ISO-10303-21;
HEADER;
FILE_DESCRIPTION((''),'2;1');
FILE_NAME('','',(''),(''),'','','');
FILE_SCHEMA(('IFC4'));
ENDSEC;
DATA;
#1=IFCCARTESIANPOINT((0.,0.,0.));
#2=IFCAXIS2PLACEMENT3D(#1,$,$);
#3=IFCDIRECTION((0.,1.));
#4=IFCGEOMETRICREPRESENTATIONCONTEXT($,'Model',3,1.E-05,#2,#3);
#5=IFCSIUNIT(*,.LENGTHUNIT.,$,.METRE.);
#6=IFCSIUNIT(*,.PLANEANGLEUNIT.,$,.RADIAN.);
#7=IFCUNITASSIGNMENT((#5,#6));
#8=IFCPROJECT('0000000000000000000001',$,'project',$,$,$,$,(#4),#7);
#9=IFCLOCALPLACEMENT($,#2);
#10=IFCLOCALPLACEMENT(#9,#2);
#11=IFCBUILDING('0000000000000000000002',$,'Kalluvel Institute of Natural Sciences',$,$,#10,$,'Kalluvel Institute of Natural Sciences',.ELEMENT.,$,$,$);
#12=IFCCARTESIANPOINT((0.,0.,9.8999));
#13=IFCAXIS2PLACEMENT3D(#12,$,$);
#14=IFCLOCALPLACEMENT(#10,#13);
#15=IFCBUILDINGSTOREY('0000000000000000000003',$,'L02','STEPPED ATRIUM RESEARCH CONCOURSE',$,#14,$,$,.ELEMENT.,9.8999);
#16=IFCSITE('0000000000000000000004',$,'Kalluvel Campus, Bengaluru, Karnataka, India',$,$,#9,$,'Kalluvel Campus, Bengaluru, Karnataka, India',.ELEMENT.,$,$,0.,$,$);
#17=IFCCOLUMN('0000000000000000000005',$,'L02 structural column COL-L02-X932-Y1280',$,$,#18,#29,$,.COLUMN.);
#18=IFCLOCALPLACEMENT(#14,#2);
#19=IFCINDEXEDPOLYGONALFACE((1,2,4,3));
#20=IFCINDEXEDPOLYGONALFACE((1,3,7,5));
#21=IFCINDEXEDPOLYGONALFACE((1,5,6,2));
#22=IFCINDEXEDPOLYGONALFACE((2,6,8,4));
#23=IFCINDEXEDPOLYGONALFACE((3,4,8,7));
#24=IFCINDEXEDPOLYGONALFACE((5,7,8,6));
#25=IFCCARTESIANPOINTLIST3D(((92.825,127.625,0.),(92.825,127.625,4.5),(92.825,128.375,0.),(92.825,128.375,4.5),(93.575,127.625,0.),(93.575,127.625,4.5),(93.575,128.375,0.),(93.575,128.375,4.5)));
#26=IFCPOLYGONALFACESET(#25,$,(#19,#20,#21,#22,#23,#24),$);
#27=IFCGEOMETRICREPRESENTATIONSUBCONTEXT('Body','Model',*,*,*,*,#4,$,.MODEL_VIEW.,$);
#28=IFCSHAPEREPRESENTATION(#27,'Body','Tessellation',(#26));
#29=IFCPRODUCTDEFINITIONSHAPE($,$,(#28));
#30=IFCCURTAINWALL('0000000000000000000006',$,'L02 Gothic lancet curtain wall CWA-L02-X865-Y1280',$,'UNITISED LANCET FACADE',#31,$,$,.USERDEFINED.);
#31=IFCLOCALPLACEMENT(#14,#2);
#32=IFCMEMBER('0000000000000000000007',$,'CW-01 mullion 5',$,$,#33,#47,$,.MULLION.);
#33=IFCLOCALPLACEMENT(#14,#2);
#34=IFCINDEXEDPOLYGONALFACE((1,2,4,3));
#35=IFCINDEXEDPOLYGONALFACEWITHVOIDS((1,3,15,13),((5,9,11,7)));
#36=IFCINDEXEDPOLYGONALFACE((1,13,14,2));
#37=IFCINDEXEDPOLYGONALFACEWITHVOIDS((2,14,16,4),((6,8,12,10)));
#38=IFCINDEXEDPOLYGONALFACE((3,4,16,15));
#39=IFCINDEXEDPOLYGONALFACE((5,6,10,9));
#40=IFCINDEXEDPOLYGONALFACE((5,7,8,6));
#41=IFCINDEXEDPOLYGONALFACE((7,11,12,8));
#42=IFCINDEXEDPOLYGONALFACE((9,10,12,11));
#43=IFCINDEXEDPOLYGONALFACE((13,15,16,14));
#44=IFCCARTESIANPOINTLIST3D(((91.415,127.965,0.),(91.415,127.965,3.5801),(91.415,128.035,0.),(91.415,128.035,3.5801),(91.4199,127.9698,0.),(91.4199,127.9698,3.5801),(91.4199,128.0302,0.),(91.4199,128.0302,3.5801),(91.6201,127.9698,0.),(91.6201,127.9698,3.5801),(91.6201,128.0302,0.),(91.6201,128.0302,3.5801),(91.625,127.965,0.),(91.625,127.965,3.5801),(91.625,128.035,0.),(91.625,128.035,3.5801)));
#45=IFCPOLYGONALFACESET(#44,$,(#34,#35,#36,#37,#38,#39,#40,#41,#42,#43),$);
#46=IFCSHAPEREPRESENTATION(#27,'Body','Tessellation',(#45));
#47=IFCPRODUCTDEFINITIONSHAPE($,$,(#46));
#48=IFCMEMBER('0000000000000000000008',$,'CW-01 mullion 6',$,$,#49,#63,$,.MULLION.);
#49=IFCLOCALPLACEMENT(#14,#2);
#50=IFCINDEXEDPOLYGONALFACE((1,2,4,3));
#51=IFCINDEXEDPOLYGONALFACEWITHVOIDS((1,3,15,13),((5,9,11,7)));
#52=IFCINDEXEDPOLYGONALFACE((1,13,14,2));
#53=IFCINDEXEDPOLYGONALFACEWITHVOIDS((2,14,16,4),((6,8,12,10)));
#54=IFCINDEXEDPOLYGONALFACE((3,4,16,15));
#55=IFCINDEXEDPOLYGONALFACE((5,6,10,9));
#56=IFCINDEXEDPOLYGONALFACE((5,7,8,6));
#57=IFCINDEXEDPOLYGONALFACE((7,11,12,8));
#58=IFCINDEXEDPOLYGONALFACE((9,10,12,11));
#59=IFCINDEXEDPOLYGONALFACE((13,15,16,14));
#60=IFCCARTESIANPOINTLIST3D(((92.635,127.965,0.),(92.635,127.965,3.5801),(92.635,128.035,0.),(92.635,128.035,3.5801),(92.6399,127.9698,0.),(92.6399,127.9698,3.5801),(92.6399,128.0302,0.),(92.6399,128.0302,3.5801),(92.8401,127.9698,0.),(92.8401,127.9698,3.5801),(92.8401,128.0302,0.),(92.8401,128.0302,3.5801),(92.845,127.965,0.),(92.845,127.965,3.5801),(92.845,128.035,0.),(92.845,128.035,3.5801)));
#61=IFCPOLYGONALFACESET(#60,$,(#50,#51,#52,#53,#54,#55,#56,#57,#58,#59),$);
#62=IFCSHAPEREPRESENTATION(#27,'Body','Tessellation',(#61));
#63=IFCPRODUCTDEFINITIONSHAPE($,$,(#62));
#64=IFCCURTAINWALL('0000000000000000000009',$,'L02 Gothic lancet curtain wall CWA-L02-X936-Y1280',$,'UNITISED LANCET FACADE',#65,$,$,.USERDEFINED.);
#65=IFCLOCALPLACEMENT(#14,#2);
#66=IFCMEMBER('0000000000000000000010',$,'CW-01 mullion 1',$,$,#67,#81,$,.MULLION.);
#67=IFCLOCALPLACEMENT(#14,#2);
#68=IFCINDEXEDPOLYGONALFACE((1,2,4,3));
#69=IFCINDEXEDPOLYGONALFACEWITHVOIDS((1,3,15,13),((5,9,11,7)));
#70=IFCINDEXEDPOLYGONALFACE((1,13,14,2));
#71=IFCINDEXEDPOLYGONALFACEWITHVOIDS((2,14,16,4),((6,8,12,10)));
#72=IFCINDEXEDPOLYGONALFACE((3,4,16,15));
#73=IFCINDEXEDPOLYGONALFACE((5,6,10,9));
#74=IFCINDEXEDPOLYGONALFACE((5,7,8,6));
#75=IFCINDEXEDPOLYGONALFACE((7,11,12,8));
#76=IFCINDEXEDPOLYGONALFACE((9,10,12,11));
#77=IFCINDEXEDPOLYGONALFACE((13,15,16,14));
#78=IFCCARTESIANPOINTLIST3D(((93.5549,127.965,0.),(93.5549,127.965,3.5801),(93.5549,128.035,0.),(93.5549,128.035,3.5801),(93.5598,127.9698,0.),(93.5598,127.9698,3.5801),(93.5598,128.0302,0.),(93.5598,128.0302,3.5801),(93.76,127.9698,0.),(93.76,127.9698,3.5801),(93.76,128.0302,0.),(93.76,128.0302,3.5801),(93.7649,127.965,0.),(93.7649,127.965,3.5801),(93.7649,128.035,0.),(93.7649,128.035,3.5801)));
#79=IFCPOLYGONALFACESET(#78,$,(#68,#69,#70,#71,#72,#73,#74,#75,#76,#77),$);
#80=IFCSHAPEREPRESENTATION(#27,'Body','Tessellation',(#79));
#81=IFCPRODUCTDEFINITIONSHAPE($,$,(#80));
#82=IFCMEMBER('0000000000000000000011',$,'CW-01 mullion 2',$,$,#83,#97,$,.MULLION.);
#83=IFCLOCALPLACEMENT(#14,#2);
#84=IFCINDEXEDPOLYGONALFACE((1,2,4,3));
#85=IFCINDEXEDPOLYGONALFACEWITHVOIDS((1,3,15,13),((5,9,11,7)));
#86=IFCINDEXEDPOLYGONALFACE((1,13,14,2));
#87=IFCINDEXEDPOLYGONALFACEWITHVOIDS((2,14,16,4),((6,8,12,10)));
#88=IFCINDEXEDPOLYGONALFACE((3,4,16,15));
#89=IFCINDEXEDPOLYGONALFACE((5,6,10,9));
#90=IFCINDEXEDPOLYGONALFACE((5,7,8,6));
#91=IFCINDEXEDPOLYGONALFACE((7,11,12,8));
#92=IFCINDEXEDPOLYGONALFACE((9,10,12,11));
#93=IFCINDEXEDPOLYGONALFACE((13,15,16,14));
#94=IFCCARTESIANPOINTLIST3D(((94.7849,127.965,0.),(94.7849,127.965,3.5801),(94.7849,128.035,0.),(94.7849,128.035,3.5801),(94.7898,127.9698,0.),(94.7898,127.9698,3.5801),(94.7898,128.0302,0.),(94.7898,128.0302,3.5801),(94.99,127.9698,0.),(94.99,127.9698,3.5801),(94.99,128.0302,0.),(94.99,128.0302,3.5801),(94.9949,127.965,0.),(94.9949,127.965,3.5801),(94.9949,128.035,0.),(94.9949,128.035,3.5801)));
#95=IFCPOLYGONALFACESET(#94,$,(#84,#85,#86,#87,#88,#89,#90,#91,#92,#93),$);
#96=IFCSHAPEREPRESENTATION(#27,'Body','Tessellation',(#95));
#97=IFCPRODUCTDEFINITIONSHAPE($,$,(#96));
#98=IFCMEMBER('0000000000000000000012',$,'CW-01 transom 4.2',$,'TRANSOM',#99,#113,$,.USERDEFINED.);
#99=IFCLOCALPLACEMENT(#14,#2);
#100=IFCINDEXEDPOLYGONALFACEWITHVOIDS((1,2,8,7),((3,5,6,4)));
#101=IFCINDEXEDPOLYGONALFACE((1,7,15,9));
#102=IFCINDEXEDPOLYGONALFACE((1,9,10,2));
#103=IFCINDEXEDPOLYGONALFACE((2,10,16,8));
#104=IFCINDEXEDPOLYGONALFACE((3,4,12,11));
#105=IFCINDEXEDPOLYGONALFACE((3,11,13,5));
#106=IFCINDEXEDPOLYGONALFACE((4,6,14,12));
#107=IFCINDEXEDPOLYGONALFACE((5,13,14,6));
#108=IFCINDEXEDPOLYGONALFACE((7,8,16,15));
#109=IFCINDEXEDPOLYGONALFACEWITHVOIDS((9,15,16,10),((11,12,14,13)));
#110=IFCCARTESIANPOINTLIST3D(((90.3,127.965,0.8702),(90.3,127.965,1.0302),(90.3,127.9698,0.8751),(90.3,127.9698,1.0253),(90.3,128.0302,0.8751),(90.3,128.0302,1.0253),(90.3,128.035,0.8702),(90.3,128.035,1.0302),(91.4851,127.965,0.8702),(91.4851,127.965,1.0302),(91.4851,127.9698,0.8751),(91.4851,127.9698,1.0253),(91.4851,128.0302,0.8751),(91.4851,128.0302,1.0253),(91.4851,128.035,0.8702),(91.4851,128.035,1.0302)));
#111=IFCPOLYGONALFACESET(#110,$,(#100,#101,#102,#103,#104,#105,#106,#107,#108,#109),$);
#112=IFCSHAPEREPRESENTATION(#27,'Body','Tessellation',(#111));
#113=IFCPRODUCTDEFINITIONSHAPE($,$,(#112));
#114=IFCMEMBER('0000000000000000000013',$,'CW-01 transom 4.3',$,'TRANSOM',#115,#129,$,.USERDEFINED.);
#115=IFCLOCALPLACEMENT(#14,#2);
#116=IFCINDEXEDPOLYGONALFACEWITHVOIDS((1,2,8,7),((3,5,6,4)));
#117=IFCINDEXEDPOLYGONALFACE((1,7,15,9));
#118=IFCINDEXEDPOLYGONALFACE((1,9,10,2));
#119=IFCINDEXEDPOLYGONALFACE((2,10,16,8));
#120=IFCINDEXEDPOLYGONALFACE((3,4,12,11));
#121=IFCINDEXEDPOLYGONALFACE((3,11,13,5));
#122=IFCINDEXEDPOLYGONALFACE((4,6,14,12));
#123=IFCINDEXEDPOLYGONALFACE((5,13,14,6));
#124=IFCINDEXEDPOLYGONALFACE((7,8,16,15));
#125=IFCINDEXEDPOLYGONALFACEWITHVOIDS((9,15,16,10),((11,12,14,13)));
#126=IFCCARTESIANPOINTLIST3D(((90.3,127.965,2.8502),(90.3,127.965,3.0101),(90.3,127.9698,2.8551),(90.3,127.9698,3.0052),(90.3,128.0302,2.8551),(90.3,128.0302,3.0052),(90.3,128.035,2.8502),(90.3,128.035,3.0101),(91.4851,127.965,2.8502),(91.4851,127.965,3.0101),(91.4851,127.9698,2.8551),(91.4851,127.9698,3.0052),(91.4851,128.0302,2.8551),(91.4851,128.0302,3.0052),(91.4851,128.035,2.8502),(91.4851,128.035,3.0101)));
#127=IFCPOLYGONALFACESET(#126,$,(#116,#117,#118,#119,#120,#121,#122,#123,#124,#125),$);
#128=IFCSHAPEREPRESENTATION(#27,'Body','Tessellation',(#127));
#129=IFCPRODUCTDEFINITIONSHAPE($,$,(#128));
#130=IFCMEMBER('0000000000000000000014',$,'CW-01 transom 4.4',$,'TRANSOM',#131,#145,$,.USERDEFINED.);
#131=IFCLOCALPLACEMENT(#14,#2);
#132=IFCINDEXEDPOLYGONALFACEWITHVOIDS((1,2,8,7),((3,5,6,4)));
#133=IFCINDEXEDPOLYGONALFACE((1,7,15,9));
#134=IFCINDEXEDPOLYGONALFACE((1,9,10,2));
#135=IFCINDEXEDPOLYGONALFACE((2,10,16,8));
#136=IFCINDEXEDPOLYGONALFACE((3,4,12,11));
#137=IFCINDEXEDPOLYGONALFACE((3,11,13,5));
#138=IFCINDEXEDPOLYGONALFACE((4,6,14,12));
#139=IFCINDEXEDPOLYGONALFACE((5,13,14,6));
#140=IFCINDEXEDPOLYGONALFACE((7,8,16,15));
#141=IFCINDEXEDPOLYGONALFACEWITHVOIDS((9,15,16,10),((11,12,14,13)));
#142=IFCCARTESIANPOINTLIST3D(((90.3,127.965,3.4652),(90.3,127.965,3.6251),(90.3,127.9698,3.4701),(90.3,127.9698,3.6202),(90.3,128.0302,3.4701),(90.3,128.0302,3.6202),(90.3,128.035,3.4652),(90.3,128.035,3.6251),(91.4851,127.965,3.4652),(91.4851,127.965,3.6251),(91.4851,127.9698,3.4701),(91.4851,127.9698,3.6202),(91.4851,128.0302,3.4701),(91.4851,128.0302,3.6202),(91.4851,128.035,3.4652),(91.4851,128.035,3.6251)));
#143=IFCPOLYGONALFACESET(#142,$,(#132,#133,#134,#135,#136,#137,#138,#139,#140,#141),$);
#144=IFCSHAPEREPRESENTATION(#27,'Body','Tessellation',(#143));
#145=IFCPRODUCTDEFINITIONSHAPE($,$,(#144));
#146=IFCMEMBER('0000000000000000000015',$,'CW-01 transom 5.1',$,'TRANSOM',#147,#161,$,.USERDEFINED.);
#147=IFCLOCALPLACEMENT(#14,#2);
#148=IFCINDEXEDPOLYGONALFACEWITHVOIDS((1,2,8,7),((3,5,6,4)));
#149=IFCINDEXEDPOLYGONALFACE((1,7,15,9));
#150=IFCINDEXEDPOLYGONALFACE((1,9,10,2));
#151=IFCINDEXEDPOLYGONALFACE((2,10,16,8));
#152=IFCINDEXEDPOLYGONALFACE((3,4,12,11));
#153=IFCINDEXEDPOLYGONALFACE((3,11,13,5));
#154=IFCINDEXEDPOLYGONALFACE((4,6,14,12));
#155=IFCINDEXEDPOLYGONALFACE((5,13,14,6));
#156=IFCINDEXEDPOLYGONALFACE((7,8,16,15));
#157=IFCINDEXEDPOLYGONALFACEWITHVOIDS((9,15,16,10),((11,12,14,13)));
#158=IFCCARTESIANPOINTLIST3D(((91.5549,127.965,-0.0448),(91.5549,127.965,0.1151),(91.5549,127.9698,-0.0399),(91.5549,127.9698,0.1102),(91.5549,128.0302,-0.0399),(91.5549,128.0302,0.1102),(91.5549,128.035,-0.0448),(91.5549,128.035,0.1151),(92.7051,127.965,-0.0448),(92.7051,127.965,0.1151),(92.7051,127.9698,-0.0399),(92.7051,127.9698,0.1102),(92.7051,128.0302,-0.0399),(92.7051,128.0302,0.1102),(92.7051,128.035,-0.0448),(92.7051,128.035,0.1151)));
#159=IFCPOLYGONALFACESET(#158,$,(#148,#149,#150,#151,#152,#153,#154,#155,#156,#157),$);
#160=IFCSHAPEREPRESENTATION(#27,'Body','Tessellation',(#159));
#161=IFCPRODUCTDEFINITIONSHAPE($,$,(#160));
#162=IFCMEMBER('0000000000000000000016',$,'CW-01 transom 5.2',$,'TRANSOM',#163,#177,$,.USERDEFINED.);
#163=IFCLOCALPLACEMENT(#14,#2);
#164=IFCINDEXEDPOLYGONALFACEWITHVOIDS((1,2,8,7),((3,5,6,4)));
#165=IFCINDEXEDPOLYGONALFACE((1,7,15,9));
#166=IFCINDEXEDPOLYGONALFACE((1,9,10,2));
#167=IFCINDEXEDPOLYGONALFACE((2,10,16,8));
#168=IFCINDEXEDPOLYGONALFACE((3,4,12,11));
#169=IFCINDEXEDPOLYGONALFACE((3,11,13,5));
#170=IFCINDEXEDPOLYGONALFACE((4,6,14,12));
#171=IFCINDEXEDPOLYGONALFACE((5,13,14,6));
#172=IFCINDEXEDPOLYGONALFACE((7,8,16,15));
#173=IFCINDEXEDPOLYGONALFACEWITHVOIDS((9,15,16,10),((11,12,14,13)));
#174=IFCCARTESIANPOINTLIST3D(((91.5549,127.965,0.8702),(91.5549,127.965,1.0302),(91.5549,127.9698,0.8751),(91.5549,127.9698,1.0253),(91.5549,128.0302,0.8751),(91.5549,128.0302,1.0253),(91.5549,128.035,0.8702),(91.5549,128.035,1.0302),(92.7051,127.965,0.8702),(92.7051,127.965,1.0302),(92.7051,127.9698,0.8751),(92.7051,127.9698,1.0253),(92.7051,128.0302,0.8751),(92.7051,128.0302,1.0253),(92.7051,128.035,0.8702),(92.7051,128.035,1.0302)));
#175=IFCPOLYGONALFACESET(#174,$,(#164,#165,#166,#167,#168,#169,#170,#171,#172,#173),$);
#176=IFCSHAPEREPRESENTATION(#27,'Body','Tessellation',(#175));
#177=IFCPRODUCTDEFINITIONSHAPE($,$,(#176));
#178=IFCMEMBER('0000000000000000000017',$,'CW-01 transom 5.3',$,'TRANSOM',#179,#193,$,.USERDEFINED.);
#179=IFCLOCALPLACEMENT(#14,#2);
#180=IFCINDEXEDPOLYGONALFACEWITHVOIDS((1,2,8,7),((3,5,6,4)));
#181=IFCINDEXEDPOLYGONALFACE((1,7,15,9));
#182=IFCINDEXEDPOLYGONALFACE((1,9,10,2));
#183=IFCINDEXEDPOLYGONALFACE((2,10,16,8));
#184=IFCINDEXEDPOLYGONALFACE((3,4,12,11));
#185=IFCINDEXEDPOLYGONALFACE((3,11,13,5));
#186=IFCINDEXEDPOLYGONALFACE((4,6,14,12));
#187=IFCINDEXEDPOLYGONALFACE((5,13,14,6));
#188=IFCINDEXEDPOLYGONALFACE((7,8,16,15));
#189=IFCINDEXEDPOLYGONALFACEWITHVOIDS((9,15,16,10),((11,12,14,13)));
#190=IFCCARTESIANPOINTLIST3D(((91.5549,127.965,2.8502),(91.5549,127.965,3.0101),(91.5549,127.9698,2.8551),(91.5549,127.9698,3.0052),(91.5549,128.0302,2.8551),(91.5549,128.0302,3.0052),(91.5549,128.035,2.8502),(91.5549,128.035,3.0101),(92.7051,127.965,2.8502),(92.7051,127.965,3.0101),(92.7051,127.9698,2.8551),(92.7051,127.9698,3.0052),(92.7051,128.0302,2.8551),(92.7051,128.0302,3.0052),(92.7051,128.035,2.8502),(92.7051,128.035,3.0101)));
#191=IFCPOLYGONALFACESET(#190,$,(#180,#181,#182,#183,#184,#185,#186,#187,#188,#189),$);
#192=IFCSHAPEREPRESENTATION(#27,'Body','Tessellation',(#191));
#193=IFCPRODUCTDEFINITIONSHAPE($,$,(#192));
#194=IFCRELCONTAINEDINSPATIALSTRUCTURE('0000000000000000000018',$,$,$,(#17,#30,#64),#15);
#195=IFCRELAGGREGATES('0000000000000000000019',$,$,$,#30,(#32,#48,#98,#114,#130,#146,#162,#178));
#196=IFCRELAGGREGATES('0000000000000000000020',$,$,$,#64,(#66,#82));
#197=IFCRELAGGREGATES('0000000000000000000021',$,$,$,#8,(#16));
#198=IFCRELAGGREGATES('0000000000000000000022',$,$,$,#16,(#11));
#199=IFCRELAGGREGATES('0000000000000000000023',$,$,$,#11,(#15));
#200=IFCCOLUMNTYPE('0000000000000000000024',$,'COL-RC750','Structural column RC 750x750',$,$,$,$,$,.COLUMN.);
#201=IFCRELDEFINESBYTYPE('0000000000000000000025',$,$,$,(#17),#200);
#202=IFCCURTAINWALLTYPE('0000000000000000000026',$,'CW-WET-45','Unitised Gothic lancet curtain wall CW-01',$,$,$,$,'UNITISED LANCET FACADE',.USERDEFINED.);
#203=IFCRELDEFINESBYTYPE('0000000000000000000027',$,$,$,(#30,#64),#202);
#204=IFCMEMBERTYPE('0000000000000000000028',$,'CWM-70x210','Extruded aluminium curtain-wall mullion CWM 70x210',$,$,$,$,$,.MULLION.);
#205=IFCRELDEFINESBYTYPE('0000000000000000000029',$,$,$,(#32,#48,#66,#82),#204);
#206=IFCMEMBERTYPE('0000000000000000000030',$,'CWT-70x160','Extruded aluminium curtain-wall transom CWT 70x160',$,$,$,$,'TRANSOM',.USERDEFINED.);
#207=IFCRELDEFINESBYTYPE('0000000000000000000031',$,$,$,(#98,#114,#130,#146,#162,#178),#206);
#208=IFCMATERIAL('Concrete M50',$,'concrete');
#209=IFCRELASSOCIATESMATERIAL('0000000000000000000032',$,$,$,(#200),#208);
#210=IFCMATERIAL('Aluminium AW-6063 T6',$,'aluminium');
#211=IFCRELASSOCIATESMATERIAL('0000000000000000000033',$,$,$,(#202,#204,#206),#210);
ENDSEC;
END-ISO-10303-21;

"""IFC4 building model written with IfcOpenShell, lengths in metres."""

from ifc_helpers import new_model, si_unit, direction, frame, origin, origin_2d, place, context, subcontext, project, spatial, rectangle, hollow_rectangle, extrude, material, material_profile, profile_set, type_object, element, aggregate, save


model = new_model("IFC4")

# Units and contexts
model_context = context("Model", 3, precision=1e-05, world=origin(), true_north=direction((0.0, 1.0)))
body_context = subcontext(model_context, "Body", "Model", "MODEL_VIEW")
ifc_project = project(units=[si_unit("LENGTHUNIT", "METRE"), si_unit("PLANEANGLEUNIT", "RADIAN")], contexts=[model_context])

# Site, building, storey
site_placement = place(None, origin())
site = spatial("IfcSite", under=ifc_project, at=site_placement, Name="Kalluvel Campus, Bengaluru, Karnataka, India", LongName="Kalluvel Campus, Bengaluru, Karnataka, India", CompositionType="ELEMENT", RefElevation=0.0)
building_placement = place(site_placement, origin())
building = spatial("IfcBuilding", under=site, at=building_placement, Name="Kalluvel Institute of Natural Sciences", LongName="Kalluvel Institute of Natural Sciences", CompositionType="ELEMENT")
storey_placement = place(building_placement, frame((0.0, 0.0, 9.8999)))
storey = spatial("IfcBuildingStorey", under=building, at=storey_placement, Name="L02", Description="STEPPED ATRIUM RESEARCH CONCOURSE", CompositionType="ELEMENT", Elevation=9.8999)

# Column
ifc_material_1 = material(Name="Concrete M50", Category="concrete")
ifc_material_profile_1 = material_profile(ifc_material_1, rectangle(XDim=0.75, YDim=0.75, at=origin_2d()), Name="RC 750x750")
ifc_profile_set_1 = profile_set([ifc_material_profile_1], Name="Concrete M50")
column_type = type_object("IfcColumnType", Name="COL-RC750", Description="Structural column RC 750x750", PredefinedType="COLUMN", material=ifc_profile_set_1)
column_placement = place(storey_placement, frame((93.2, 128.0, 0.0), z_axis=(0.0, 0.0, 1.0), x_axis=(1.0, 0.0, 0.0)))
element("IfcColumn", 1, at=column_placement, inside=storey, type_object=column_type, Name="L02 structural column COL-L02-X932-Y1280", PredefinedType="COLUMN", context=body_context, shape_type="SweptSolid", body=[
    extrude(rectangle(XDim=0.75, YDim=0.75, at=origin_2d()), origin(), (0.0, 0.0, 1.0), 4.5),
])

# Curtain walls, members
ifc_material_2 = material(Name="Aluminium AW-6063 T6", Category="aluminium")
curtain_wall_type = type_object("IfcCurtainWallType", Name="CW-WET-45", Description="Unitised Gothic lancet curtain wall CW-01", ElementType="UNITISED LANCET FACADE", PredefinedType="USERDEFINED", material=ifc_material_2)
curtain_wall_1_placement = place(storey_placement, origin())
curtain_wall_1 = element("IfcCurtainWall", 2, at=curtain_wall_1_placement, inside=storey, type_object=curtain_wall_type, Name="L02 Gothic lancet curtain wall CWA-L02-X865-Y1280", ObjectType="UNITISED LANCET FACADE", PredefinedType="USERDEFINED")
ifc_material_profile_2 = material_profile(ifc_material_2, hollow_rectangle(XDim=0.0701, YDim=0.21, WallThickness=0.0049, at=origin_2d()), Name="CWM 70x210")
ifc_profile_set_2 = profile_set([ifc_material_profile_2], Name="Aluminium AW-6063 T6")
member_type_1 = type_object("IfcMemberType", Name="CWM-70x210", Description="Extruded aluminium curtain-wall mullion CWM 70x210", PredefinedType="MULLION", material=ifc_profile_set_2)
member_1_placement = place(storey_placement, frame((91.52, 128.0, 0.0), z_axis=(0.0, 0.0, 1.0), x_axis=(0.0, 1.0, 0.0)))
member_1 = element("IfcMember", 3, at=member_1_placement, type_object=member_type_1, Name="CW-01 mullion 5", PredefinedType="MULLION", context=body_context, shape_type="SweptSolid", body=[
    extrude(hollow_rectangle(XDim=0.0701, YDim=0.21, WallThickness=0.0049, at=origin_2d()), origin(), (0.0, 0.0, 1.0), 3.5801),
])
member_2_placement = place(storey_placement, frame((92.74, 128.0, 0.0), z_axis=(0.0, 0.0, 1.0), x_axis=(0.0, 1.0, 0.0)))
member_2 = element("IfcMember", 4, at=member_2_placement, type_object=member_type_1, Name="CW-01 mullion 6", PredefinedType="MULLION", context=body_context, shape_type="SweptSolid", body=[
    extrude(hollow_rectangle(XDim=0.0701, YDim=0.21, WallThickness=0.0049, at=origin_2d()), origin(), (0.0, 0.0, 1.0), 3.5801),
])
curtain_wall_2_placement = place(storey_placement, origin())
curtain_wall_2 = element("IfcCurtainWall", 5, at=curtain_wall_2_placement, inside=storey, type_object=curtain_wall_type, Name="L02 Gothic lancet curtain wall CWA-L02-X936-Y1280", ObjectType="UNITISED LANCET FACADE", PredefinedType="USERDEFINED")
member_3_placement = place(storey_placement, frame((93.6599, 128.0, 0.0), z_axis=(0.0, 0.0, 1.0), x_axis=(0.0, 1.0, 0.0)))
member_3 = element("IfcMember", 6, at=member_3_placement, type_object=member_type_1, Name="CW-01 mullion 1", PredefinedType="MULLION", context=body_context, shape_type="SweptSolid", body=[
    extrude(hollow_rectangle(XDim=0.0701, YDim=0.21, WallThickness=0.0049, at=origin_2d()), origin(), (0.0, 0.0, 1.0), 3.5801),
])
member_4_placement = place(storey_placement, frame((94.8899, 128.0, 0.0), z_axis=(0.0, 0.0, 1.0), x_axis=(0.0, 1.0, 0.0)))
member_4 = element("IfcMember", 7, at=member_4_placement, type_object=member_type_1, Name="CW-01 mullion 2", PredefinedType="MULLION", context=body_context, shape_type="SweptSolid", body=[
    extrude(hollow_rectangle(XDim=0.0701, YDim=0.21, WallThickness=0.0049, at=origin_2d()), origin(), (0.0, 0.0, 1.0), 3.5801),
])

# Members
ifc_material_profile_3 = material_profile(ifc_material_2, hollow_rectangle(XDim=0.0701, YDim=0.1599, WallThickness=0.0049, at=origin_2d()), Name="CWT 70x160")
ifc_profile_set_3 = profile_set([ifc_material_profile_3], Name="Aluminium AW-6063 T6")
member_type_2 = type_object("IfcMemberType", Name="CWT-70x160", Description="Extruded aluminium curtain-wall transom CWT 70x160", ElementType="TRANSOM", PredefinedType="USERDEFINED", material=ifc_profile_set_3)
member_5_placement = place(storey_placement, frame((90.3, 128.0, 0.9502), z_axis=(1.0, 0.0, 0.0), x_axis=(0.0, 1.0, 0.0)))
member_5 = element("IfcMember", 8, at=member_5_placement, type_object=member_type_2, Name="CW-01 transom 4.2", ObjectType="TRANSOM", PredefinedType="USERDEFINED", context=body_context, shape_type="SweptSolid", body=[
    extrude(hollow_rectangle(XDim=0.0701, YDim=0.1599, WallThickness=0.0049, at=origin_2d()), origin(), (0.0, 0.0, 1.0), 1.1851),
])
member_6_placement = place(storey_placement, frame((90.3, 128.0, 2.9302), z_axis=(1.0, 0.0, 0.0), x_axis=(0.0, 1.0, 0.0)))
member_6 = element("IfcMember", 9, at=member_6_placement, type_object=member_type_2, Name="CW-01 transom 4.3", ObjectType="TRANSOM", PredefinedType="USERDEFINED", context=body_context, shape_type="SweptSolid", body=[
    extrude(hollow_rectangle(XDim=0.0701, YDim=0.1599, WallThickness=0.0049, at=origin_2d()), origin(), (0.0, 0.0, 1.0), 1.1851),
])
member_7_placement = place(storey_placement, frame((90.3, 128.0, 3.5452), z_axis=(1.0, 0.0, 0.0), x_axis=(0.0, 1.0, 0.0)))
member_7 = element("IfcMember", 10, at=member_7_placement, type_object=member_type_2, Name="CW-01 transom 4.4", ObjectType="TRANSOM", PredefinedType="USERDEFINED", context=body_context, shape_type="SweptSolid", body=[
    extrude(hollow_rectangle(XDim=0.0701, YDim=0.1599, WallThickness=0.0049, at=origin_2d()), origin(), (0.0, 0.0, 1.0), 1.1851),
])
member_8_placement = place(storey_placement, frame((91.5549, 128.0, 0.0352), z_axis=(1.0, 0.0, 0.0), x_axis=(0.0, 1.0, 0.0)))
member_8 = element("IfcMember", 11, at=member_8_placement, type_object=member_type_2, Name="CW-01 transom 5.1", ObjectType="TRANSOM", PredefinedType="USERDEFINED", context=body_context, shape_type="SweptSolid", body=[
    extrude(hollow_rectangle(XDim=0.0701, YDim=0.1599, WallThickness=0.0049, at=origin_2d()), origin(), (0.0, 0.0, 1.0), 1.1501),
])
member_9_placement = place(storey_placement, frame((91.5549, 128.0, 0.9502), z_axis=(1.0, 0.0, 0.0), x_axis=(0.0, 1.0, 0.0)))
member_9 = element("IfcMember", 12, at=member_9_placement, type_object=member_type_2, Name="CW-01 transom 5.2", ObjectType="TRANSOM", PredefinedType="USERDEFINED", context=body_context, shape_type="SweptSolid", body=[
    extrude(hollow_rectangle(XDim=0.0701, YDim=0.1599, WallThickness=0.0049, at=origin_2d()), origin(), (0.0, 0.0, 1.0), 1.1501),
])
member_10_placement = place(storey_placement, frame((91.5549, 128.0, 2.9302), z_axis=(1.0, 0.0, 0.0), x_axis=(0.0, 1.0, 0.0)))
member_10 = element("IfcMember", 13, at=member_10_placement, type_object=member_type_2, Name="CW-01 transom 5.3", ObjectType="TRANSOM", PredefinedType="USERDEFINED", context=body_context, shape_type="SweptSolid", body=[
    extrude(hollow_rectangle(XDim=0.0701, YDim=0.1599, WallThickness=0.0049, at=origin_2d()), origin(), (0.0, 0.0, 1.0), 1.1501),
])

aggregate(curtain_wall_1, [member_1, member_2, member_5, member_6, member_7, member_8, member_9, member_10])
aggregate(curtain_wall_2, [member_3, member_4])

save(model, "model.ifc")
